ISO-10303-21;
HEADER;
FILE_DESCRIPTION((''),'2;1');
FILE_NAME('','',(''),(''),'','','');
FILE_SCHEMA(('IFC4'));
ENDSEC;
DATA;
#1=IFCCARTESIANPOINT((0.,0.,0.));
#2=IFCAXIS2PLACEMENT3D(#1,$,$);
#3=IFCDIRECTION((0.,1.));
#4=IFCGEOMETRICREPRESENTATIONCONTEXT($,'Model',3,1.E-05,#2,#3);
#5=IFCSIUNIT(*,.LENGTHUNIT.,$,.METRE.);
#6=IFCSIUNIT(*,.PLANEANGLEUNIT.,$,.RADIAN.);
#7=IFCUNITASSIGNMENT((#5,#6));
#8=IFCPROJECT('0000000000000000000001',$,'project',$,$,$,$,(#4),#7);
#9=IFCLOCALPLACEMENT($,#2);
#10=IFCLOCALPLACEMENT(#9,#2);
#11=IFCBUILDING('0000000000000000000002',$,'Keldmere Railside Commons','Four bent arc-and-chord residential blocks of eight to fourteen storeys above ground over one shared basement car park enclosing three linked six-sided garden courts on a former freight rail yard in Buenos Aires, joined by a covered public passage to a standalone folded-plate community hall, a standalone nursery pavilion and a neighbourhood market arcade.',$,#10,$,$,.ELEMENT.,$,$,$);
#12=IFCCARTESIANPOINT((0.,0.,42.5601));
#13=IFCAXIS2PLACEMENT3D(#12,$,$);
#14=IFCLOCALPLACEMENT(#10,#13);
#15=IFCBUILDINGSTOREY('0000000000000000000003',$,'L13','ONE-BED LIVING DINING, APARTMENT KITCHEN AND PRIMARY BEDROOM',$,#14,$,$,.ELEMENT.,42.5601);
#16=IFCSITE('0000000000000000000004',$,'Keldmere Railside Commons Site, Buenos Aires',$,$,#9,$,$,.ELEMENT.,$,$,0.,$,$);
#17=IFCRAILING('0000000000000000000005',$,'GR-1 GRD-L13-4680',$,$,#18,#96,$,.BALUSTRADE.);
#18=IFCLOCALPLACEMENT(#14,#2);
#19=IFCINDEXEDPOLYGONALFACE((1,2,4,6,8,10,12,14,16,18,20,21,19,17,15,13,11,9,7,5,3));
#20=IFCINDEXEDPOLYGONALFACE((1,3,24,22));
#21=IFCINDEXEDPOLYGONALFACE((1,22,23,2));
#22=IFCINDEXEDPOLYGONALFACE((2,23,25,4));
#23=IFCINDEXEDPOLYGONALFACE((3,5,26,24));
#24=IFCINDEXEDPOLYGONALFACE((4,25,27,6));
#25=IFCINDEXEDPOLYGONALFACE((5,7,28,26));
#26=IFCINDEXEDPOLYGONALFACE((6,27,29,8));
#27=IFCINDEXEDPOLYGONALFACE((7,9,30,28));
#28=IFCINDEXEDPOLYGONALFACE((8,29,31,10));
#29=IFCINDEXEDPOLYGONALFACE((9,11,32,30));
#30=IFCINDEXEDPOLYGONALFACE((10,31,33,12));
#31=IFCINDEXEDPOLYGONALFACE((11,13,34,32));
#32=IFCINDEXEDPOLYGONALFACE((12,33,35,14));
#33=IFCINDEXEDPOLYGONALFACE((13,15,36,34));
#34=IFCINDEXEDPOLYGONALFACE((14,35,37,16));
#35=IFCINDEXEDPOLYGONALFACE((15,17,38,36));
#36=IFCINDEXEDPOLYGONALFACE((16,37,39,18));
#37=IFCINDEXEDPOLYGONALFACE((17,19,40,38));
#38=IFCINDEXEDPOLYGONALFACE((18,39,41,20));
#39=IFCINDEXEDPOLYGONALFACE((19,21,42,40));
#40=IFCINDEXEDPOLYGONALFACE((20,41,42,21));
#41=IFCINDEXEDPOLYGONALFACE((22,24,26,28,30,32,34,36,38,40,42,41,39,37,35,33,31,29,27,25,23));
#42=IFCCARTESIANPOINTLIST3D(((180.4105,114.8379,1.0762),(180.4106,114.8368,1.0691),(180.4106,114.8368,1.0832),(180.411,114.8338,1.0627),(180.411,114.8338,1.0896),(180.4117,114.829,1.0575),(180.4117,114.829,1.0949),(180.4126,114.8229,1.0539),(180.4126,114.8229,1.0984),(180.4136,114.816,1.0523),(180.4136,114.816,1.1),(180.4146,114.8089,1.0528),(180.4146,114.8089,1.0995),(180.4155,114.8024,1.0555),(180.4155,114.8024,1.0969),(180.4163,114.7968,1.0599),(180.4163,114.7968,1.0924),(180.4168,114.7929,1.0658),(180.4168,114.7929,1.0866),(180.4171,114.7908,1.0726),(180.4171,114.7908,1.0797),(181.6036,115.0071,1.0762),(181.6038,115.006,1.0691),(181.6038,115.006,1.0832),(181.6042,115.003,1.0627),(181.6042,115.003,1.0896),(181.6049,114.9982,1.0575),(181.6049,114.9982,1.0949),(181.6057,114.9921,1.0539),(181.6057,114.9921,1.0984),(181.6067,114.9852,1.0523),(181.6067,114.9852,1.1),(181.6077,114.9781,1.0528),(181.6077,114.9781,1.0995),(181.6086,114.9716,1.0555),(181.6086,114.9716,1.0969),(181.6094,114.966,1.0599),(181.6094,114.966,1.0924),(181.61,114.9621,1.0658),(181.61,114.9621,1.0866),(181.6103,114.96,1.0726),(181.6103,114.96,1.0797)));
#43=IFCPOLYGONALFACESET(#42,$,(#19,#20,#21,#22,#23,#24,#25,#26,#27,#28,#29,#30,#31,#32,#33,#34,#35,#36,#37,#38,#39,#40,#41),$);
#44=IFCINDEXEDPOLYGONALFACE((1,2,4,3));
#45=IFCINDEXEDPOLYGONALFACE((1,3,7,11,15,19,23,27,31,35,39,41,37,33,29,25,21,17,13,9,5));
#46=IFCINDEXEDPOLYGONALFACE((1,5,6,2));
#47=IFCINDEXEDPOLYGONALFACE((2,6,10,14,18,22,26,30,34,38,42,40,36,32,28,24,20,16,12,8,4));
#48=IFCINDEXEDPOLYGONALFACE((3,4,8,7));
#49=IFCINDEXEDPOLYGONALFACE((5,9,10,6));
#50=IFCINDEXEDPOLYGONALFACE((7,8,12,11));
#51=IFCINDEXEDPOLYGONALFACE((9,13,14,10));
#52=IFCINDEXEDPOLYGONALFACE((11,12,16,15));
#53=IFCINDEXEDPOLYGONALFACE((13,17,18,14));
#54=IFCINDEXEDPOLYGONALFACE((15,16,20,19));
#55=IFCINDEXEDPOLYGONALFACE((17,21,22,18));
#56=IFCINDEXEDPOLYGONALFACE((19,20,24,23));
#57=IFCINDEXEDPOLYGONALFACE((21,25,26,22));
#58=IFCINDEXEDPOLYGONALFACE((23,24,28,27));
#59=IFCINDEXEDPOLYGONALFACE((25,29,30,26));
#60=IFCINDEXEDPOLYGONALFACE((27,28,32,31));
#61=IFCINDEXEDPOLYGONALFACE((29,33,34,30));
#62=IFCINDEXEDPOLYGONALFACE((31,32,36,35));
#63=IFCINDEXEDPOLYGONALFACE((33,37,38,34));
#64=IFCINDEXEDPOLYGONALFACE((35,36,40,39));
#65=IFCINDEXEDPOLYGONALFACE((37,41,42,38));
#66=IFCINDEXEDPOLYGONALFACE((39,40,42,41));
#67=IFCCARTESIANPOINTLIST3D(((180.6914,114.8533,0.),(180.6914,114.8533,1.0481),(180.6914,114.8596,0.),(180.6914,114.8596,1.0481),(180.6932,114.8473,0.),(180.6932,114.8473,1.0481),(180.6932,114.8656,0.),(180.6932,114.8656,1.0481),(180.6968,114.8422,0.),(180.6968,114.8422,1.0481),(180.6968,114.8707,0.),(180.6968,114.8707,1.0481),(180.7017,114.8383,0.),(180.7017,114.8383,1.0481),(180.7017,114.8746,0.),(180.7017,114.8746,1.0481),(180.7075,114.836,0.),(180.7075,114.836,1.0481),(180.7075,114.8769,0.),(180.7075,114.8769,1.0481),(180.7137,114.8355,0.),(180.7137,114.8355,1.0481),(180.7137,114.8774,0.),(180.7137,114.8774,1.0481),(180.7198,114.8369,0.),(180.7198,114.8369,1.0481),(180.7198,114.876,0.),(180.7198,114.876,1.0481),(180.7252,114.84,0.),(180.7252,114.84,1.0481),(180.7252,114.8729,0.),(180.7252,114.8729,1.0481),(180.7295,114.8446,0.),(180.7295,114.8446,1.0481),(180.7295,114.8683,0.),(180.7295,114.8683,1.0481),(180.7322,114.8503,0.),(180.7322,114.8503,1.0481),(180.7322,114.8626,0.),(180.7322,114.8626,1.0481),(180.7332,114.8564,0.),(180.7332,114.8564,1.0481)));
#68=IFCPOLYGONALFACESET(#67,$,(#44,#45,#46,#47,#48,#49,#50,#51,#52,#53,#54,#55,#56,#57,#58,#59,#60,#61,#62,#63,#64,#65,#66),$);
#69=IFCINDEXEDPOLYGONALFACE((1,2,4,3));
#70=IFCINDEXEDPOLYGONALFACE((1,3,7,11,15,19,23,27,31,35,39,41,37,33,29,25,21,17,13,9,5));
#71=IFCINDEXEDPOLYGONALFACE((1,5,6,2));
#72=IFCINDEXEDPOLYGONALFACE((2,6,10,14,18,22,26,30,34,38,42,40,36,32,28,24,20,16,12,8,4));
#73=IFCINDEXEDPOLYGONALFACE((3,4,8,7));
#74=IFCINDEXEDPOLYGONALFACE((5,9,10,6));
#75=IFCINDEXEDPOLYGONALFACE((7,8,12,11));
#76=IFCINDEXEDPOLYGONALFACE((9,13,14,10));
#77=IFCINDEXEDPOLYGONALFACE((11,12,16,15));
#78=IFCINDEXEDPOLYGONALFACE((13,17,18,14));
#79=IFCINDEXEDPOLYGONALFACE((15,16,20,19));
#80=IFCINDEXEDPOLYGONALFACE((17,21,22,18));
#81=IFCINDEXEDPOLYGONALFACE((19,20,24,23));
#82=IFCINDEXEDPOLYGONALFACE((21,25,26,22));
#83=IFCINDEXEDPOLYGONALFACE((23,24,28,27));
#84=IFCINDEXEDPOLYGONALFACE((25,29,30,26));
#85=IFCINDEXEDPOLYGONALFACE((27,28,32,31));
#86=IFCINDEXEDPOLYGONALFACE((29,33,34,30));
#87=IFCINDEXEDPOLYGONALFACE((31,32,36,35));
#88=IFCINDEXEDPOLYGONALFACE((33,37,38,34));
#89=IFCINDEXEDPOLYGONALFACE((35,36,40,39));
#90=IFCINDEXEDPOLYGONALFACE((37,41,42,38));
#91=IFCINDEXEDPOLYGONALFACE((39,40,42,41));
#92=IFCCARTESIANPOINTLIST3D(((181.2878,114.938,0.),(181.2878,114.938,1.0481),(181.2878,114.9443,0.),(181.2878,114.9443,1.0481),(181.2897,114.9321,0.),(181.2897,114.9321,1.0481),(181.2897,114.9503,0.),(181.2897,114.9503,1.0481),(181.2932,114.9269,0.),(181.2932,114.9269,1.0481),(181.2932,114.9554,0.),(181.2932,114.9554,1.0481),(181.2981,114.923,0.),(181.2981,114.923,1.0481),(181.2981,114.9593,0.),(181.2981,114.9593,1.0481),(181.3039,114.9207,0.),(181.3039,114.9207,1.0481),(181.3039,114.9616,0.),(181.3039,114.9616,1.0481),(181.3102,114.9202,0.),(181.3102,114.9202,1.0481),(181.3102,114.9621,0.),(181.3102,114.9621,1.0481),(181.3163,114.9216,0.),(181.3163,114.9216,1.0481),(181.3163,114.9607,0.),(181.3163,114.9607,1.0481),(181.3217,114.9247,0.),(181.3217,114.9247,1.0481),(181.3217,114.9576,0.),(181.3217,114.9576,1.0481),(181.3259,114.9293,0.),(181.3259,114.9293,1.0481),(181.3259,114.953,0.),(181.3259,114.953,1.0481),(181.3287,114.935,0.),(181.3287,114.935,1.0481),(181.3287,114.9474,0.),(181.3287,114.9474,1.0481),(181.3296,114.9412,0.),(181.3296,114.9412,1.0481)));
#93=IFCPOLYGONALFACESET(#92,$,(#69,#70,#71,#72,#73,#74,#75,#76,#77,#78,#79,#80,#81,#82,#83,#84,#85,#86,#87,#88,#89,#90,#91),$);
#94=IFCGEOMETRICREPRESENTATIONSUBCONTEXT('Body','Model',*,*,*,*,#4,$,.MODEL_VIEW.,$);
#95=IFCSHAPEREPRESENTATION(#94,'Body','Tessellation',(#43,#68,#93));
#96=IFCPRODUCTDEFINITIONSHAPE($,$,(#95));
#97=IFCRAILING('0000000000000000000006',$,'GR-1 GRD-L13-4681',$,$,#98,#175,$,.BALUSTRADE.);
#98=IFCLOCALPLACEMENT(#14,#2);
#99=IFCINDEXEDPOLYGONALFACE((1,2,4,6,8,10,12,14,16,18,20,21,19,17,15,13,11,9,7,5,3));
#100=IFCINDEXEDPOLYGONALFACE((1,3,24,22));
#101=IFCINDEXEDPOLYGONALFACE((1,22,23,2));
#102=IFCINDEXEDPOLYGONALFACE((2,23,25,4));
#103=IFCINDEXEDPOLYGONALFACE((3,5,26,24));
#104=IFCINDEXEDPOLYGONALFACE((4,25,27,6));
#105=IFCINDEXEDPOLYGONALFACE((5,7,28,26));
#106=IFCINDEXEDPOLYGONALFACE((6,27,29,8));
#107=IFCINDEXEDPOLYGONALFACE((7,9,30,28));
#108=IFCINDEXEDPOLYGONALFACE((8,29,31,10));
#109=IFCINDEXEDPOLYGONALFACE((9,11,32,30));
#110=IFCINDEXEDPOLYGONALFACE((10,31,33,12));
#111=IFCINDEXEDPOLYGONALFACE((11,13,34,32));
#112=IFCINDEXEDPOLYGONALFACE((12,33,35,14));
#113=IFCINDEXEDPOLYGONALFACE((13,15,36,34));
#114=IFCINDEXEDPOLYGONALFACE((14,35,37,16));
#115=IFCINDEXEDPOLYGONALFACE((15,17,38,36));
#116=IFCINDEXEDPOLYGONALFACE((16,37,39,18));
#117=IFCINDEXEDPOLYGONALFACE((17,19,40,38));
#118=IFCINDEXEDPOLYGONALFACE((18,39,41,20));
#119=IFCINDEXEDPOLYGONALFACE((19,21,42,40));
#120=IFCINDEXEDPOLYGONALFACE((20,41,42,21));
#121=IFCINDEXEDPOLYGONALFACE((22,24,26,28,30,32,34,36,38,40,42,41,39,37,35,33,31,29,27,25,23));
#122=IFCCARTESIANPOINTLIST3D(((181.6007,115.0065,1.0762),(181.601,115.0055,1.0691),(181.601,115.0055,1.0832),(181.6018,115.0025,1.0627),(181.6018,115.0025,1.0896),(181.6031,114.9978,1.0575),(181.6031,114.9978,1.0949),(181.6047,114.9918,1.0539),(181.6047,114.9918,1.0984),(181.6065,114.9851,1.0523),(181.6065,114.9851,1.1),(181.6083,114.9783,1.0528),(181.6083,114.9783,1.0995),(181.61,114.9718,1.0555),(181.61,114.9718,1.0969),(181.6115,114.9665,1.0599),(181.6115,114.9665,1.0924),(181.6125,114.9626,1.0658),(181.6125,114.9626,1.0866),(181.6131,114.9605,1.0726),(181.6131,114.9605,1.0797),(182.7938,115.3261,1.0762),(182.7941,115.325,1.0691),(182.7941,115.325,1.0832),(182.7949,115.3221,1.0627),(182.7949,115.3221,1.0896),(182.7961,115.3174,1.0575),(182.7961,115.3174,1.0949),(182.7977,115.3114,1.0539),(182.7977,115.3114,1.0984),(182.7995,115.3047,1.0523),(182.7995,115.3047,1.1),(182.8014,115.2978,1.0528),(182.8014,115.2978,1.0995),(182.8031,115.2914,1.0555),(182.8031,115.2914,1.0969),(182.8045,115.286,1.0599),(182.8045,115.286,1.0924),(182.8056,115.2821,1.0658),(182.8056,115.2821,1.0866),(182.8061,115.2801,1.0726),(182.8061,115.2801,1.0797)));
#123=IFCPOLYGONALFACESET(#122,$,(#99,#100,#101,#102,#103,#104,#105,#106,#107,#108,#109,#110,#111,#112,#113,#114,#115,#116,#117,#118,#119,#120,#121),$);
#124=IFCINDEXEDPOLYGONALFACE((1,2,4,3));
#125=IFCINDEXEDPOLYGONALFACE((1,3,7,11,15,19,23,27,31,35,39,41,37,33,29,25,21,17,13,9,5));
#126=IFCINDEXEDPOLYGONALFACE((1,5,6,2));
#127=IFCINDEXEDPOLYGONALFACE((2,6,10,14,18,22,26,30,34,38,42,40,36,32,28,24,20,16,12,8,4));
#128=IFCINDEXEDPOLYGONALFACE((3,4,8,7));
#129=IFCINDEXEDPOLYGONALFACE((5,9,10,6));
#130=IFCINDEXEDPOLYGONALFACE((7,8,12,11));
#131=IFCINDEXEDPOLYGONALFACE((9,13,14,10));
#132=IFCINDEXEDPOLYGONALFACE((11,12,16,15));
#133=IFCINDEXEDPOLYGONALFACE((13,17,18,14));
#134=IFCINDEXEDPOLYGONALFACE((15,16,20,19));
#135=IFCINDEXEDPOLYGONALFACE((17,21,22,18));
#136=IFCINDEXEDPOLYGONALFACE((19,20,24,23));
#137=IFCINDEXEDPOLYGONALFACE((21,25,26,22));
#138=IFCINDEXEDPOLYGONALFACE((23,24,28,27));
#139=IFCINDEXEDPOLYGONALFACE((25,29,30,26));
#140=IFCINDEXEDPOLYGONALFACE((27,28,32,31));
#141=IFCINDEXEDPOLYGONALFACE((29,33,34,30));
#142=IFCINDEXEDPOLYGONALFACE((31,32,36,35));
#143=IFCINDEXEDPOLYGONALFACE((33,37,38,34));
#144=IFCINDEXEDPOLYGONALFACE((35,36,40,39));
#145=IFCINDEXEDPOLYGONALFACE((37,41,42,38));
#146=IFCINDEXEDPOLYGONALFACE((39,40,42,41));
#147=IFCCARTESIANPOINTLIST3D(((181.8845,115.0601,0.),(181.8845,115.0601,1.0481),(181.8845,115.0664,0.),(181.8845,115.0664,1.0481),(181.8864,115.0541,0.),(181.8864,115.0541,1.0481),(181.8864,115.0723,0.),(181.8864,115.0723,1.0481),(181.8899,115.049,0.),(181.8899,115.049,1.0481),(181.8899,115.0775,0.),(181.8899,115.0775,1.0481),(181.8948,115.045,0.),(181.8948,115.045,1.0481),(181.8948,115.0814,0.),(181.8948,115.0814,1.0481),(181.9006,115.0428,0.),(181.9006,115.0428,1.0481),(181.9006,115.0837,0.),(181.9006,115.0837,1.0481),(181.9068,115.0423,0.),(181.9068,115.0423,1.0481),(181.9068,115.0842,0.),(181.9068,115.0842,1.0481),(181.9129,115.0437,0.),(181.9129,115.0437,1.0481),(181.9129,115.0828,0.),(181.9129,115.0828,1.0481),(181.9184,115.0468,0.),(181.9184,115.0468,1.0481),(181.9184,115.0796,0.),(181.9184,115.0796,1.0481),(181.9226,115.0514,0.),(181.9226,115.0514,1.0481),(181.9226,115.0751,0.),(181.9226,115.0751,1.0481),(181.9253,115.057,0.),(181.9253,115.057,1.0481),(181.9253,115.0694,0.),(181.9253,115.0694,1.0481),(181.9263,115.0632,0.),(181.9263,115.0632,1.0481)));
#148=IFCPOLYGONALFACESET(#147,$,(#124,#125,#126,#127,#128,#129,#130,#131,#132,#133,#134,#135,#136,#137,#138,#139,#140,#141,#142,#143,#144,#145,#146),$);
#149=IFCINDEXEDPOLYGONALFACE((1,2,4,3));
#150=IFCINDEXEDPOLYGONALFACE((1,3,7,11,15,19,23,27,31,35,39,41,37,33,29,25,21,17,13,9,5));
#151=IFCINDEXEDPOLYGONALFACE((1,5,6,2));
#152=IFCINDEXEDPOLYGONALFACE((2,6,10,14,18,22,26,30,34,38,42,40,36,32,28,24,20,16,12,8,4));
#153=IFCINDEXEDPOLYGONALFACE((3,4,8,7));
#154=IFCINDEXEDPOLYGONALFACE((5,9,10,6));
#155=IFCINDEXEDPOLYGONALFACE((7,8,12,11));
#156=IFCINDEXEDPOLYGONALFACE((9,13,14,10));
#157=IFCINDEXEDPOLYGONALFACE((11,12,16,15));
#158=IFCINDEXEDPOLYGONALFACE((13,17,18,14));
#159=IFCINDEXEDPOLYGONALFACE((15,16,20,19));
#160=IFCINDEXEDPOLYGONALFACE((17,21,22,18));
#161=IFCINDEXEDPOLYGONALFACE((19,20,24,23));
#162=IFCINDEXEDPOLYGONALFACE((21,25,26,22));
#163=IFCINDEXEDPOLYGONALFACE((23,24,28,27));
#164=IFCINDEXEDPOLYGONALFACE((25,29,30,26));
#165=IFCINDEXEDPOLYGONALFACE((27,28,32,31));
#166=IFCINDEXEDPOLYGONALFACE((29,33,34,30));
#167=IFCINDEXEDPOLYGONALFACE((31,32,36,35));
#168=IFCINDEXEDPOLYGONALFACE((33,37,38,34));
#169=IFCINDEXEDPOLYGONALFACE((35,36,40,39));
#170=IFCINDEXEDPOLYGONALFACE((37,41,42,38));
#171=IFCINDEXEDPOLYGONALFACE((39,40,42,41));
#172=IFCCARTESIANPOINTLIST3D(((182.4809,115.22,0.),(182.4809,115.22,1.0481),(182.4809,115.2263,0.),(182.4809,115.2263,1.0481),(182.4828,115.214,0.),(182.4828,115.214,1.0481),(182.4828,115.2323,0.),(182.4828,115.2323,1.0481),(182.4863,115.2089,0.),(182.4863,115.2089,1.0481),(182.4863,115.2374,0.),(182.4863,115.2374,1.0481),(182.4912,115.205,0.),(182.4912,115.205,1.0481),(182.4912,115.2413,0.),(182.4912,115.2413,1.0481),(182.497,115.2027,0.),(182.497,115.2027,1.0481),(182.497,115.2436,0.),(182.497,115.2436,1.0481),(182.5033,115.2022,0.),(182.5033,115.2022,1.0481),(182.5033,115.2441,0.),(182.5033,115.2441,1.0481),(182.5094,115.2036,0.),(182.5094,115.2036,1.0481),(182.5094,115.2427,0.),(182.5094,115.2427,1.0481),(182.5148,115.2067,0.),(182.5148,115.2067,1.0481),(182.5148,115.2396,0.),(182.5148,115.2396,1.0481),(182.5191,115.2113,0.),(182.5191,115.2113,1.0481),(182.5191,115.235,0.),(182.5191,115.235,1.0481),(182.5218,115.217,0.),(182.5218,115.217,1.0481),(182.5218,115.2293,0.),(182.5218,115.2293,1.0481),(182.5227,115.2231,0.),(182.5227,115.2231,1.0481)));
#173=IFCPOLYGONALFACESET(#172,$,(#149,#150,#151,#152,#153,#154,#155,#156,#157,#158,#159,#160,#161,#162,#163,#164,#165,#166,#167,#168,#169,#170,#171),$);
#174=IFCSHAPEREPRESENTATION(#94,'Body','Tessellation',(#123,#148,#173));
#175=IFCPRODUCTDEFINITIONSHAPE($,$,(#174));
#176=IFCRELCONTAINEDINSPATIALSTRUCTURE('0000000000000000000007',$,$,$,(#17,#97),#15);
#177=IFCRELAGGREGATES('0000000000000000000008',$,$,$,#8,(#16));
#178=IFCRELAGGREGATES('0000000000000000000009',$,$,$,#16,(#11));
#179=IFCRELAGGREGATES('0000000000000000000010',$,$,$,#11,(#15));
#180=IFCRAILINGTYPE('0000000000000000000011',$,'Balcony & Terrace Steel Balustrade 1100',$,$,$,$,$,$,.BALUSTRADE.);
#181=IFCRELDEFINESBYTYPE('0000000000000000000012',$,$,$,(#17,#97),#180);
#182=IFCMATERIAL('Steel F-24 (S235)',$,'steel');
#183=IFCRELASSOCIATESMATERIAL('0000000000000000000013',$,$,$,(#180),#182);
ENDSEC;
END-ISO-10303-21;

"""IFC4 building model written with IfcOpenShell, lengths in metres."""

from ifc_helpers import new_model, si_unit, direction, frame, origin, origin_2d, place, context, subcontext, project, spatial, circle, extrude, material, type_object, element, save


model = new_model("IFC4")

# Units and contexts
model_context = context("Model", 3, precision=1e-05, world=origin(), true_north=direction((0.0, 1.0)))
body_context = subcontext(model_context, "Body", "Model", "MODEL_VIEW")
ifc_project = project(units=[si_unit("LENGTHUNIT", "METRE"), si_unit("PLANEANGLEUNIT", "RADIAN")], contexts=[model_context])

# Site, building, storey
site_placement = place(None, origin())
site = spatial("IfcSite", under=ifc_project, at=site_placement, Name="Keldmere Railside Commons Site, Buenos Aires", CompositionType="ELEMENT", RefElevation=0.0)
building_placement = place(site_placement, origin())
building = spatial("IfcBuilding", under=site, at=building_placement, Name="Keldmere Railside Commons", Description="Four bent arc-and-chord residential blocks of eight to fourteen storeys above ground over one shared basement car park enclosing three linked six-sided garden courts on a former freight rail yard in Buenos Aires, joined by a covered public passage to a standalone folded-plate community hall, a standalone nursery pavilion and a neighbourhood market arcade.", CompositionType="ELEMENT")
storey_placement = place(building_placement, frame((0.0, 0.0, 42.5601)))
storey = spatial("IfcBuildingStorey", under=building, at=storey_placement, Name="L13", Description="ONE-BED LIVING DINING, APARTMENT KITCHEN AND PRIMARY BEDROOM", CompositionType="ELEMENT", Elevation=42.5601)

# Railings
ifc_material_1 = material(Name="Steel F-24 (S235)", Category="steel")
railing_type = type_object("IfcRailingType", Name="Balcony & Terrace Steel Balustrade 1100", PredefinedType="BALUSTRADE", material=ifc_material_1)
railing_1_placement = place(storey_placement, frame((180.4138, 114.8142, 0.0)))
element("IfcRailing", 1, at=railing_1_placement, inside=storey, type_object=railing_type, Name="GR-1 GRD-L13-4680", PredefinedType="BALUSTRADE", context=body_context, shape_type="SweptSolid", body=[
    extrude(circle(Radius=0.0239, at=origin_2d()), frame((0.0, 0.0, 1.0762), z_axis=(0.990095, 0.1404, 0.0), x_axis=(-0.1404, 0.990095, 0.0)), (0.0, 0.0, 1.0), 1.2051),
    extrude(circle(Radius=0.021, at=origin_2d()), frame((0.2983, 0.0422, 0.0)), (0.0, 0.0, 1.0), 1.0481),
    extrude(circle(Radius=0.021, at=origin_2d()), frame((0.8948, 0.127, 0.0)), (0.0, 0.0, 1.0), 1.0481),
])
railing_2_placement = place(storey_placement, frame((181.6069, 114.9834, 0.0)))
element("IfcRailing", 2, at=railing_2_placement, inside=storey, type_object=railing_type, Name="GR-1 GRD-L13-4681", PredefinedType="BALUSTRADE", context=body_context, shape_type="SweptSolid", body=[
    extrude(circle(Radius=0.0239, at=origin_2d()), frame((0.0, 0.0, 1.0762), z_axis=(0.965949, 0.258733, 0.0), x_axis=(-0.258733, 0.965949, 0.0)), (0.0, 0.0, 1.0), 1.2351),
    extrude(circle(Radius=0.021, at=origin_2d()), frame((0.2983, 0.0798, 0.0)), (0.0, 0.0, 1.0), 1.0481),
    extrude(circle(Radius=0.021, at=origin_2d()), frame((0.8948, 0.2397, 0.0)), (0.0, 0.0, 1.0), 1.0481),
])

save(model, "model.ifc")
